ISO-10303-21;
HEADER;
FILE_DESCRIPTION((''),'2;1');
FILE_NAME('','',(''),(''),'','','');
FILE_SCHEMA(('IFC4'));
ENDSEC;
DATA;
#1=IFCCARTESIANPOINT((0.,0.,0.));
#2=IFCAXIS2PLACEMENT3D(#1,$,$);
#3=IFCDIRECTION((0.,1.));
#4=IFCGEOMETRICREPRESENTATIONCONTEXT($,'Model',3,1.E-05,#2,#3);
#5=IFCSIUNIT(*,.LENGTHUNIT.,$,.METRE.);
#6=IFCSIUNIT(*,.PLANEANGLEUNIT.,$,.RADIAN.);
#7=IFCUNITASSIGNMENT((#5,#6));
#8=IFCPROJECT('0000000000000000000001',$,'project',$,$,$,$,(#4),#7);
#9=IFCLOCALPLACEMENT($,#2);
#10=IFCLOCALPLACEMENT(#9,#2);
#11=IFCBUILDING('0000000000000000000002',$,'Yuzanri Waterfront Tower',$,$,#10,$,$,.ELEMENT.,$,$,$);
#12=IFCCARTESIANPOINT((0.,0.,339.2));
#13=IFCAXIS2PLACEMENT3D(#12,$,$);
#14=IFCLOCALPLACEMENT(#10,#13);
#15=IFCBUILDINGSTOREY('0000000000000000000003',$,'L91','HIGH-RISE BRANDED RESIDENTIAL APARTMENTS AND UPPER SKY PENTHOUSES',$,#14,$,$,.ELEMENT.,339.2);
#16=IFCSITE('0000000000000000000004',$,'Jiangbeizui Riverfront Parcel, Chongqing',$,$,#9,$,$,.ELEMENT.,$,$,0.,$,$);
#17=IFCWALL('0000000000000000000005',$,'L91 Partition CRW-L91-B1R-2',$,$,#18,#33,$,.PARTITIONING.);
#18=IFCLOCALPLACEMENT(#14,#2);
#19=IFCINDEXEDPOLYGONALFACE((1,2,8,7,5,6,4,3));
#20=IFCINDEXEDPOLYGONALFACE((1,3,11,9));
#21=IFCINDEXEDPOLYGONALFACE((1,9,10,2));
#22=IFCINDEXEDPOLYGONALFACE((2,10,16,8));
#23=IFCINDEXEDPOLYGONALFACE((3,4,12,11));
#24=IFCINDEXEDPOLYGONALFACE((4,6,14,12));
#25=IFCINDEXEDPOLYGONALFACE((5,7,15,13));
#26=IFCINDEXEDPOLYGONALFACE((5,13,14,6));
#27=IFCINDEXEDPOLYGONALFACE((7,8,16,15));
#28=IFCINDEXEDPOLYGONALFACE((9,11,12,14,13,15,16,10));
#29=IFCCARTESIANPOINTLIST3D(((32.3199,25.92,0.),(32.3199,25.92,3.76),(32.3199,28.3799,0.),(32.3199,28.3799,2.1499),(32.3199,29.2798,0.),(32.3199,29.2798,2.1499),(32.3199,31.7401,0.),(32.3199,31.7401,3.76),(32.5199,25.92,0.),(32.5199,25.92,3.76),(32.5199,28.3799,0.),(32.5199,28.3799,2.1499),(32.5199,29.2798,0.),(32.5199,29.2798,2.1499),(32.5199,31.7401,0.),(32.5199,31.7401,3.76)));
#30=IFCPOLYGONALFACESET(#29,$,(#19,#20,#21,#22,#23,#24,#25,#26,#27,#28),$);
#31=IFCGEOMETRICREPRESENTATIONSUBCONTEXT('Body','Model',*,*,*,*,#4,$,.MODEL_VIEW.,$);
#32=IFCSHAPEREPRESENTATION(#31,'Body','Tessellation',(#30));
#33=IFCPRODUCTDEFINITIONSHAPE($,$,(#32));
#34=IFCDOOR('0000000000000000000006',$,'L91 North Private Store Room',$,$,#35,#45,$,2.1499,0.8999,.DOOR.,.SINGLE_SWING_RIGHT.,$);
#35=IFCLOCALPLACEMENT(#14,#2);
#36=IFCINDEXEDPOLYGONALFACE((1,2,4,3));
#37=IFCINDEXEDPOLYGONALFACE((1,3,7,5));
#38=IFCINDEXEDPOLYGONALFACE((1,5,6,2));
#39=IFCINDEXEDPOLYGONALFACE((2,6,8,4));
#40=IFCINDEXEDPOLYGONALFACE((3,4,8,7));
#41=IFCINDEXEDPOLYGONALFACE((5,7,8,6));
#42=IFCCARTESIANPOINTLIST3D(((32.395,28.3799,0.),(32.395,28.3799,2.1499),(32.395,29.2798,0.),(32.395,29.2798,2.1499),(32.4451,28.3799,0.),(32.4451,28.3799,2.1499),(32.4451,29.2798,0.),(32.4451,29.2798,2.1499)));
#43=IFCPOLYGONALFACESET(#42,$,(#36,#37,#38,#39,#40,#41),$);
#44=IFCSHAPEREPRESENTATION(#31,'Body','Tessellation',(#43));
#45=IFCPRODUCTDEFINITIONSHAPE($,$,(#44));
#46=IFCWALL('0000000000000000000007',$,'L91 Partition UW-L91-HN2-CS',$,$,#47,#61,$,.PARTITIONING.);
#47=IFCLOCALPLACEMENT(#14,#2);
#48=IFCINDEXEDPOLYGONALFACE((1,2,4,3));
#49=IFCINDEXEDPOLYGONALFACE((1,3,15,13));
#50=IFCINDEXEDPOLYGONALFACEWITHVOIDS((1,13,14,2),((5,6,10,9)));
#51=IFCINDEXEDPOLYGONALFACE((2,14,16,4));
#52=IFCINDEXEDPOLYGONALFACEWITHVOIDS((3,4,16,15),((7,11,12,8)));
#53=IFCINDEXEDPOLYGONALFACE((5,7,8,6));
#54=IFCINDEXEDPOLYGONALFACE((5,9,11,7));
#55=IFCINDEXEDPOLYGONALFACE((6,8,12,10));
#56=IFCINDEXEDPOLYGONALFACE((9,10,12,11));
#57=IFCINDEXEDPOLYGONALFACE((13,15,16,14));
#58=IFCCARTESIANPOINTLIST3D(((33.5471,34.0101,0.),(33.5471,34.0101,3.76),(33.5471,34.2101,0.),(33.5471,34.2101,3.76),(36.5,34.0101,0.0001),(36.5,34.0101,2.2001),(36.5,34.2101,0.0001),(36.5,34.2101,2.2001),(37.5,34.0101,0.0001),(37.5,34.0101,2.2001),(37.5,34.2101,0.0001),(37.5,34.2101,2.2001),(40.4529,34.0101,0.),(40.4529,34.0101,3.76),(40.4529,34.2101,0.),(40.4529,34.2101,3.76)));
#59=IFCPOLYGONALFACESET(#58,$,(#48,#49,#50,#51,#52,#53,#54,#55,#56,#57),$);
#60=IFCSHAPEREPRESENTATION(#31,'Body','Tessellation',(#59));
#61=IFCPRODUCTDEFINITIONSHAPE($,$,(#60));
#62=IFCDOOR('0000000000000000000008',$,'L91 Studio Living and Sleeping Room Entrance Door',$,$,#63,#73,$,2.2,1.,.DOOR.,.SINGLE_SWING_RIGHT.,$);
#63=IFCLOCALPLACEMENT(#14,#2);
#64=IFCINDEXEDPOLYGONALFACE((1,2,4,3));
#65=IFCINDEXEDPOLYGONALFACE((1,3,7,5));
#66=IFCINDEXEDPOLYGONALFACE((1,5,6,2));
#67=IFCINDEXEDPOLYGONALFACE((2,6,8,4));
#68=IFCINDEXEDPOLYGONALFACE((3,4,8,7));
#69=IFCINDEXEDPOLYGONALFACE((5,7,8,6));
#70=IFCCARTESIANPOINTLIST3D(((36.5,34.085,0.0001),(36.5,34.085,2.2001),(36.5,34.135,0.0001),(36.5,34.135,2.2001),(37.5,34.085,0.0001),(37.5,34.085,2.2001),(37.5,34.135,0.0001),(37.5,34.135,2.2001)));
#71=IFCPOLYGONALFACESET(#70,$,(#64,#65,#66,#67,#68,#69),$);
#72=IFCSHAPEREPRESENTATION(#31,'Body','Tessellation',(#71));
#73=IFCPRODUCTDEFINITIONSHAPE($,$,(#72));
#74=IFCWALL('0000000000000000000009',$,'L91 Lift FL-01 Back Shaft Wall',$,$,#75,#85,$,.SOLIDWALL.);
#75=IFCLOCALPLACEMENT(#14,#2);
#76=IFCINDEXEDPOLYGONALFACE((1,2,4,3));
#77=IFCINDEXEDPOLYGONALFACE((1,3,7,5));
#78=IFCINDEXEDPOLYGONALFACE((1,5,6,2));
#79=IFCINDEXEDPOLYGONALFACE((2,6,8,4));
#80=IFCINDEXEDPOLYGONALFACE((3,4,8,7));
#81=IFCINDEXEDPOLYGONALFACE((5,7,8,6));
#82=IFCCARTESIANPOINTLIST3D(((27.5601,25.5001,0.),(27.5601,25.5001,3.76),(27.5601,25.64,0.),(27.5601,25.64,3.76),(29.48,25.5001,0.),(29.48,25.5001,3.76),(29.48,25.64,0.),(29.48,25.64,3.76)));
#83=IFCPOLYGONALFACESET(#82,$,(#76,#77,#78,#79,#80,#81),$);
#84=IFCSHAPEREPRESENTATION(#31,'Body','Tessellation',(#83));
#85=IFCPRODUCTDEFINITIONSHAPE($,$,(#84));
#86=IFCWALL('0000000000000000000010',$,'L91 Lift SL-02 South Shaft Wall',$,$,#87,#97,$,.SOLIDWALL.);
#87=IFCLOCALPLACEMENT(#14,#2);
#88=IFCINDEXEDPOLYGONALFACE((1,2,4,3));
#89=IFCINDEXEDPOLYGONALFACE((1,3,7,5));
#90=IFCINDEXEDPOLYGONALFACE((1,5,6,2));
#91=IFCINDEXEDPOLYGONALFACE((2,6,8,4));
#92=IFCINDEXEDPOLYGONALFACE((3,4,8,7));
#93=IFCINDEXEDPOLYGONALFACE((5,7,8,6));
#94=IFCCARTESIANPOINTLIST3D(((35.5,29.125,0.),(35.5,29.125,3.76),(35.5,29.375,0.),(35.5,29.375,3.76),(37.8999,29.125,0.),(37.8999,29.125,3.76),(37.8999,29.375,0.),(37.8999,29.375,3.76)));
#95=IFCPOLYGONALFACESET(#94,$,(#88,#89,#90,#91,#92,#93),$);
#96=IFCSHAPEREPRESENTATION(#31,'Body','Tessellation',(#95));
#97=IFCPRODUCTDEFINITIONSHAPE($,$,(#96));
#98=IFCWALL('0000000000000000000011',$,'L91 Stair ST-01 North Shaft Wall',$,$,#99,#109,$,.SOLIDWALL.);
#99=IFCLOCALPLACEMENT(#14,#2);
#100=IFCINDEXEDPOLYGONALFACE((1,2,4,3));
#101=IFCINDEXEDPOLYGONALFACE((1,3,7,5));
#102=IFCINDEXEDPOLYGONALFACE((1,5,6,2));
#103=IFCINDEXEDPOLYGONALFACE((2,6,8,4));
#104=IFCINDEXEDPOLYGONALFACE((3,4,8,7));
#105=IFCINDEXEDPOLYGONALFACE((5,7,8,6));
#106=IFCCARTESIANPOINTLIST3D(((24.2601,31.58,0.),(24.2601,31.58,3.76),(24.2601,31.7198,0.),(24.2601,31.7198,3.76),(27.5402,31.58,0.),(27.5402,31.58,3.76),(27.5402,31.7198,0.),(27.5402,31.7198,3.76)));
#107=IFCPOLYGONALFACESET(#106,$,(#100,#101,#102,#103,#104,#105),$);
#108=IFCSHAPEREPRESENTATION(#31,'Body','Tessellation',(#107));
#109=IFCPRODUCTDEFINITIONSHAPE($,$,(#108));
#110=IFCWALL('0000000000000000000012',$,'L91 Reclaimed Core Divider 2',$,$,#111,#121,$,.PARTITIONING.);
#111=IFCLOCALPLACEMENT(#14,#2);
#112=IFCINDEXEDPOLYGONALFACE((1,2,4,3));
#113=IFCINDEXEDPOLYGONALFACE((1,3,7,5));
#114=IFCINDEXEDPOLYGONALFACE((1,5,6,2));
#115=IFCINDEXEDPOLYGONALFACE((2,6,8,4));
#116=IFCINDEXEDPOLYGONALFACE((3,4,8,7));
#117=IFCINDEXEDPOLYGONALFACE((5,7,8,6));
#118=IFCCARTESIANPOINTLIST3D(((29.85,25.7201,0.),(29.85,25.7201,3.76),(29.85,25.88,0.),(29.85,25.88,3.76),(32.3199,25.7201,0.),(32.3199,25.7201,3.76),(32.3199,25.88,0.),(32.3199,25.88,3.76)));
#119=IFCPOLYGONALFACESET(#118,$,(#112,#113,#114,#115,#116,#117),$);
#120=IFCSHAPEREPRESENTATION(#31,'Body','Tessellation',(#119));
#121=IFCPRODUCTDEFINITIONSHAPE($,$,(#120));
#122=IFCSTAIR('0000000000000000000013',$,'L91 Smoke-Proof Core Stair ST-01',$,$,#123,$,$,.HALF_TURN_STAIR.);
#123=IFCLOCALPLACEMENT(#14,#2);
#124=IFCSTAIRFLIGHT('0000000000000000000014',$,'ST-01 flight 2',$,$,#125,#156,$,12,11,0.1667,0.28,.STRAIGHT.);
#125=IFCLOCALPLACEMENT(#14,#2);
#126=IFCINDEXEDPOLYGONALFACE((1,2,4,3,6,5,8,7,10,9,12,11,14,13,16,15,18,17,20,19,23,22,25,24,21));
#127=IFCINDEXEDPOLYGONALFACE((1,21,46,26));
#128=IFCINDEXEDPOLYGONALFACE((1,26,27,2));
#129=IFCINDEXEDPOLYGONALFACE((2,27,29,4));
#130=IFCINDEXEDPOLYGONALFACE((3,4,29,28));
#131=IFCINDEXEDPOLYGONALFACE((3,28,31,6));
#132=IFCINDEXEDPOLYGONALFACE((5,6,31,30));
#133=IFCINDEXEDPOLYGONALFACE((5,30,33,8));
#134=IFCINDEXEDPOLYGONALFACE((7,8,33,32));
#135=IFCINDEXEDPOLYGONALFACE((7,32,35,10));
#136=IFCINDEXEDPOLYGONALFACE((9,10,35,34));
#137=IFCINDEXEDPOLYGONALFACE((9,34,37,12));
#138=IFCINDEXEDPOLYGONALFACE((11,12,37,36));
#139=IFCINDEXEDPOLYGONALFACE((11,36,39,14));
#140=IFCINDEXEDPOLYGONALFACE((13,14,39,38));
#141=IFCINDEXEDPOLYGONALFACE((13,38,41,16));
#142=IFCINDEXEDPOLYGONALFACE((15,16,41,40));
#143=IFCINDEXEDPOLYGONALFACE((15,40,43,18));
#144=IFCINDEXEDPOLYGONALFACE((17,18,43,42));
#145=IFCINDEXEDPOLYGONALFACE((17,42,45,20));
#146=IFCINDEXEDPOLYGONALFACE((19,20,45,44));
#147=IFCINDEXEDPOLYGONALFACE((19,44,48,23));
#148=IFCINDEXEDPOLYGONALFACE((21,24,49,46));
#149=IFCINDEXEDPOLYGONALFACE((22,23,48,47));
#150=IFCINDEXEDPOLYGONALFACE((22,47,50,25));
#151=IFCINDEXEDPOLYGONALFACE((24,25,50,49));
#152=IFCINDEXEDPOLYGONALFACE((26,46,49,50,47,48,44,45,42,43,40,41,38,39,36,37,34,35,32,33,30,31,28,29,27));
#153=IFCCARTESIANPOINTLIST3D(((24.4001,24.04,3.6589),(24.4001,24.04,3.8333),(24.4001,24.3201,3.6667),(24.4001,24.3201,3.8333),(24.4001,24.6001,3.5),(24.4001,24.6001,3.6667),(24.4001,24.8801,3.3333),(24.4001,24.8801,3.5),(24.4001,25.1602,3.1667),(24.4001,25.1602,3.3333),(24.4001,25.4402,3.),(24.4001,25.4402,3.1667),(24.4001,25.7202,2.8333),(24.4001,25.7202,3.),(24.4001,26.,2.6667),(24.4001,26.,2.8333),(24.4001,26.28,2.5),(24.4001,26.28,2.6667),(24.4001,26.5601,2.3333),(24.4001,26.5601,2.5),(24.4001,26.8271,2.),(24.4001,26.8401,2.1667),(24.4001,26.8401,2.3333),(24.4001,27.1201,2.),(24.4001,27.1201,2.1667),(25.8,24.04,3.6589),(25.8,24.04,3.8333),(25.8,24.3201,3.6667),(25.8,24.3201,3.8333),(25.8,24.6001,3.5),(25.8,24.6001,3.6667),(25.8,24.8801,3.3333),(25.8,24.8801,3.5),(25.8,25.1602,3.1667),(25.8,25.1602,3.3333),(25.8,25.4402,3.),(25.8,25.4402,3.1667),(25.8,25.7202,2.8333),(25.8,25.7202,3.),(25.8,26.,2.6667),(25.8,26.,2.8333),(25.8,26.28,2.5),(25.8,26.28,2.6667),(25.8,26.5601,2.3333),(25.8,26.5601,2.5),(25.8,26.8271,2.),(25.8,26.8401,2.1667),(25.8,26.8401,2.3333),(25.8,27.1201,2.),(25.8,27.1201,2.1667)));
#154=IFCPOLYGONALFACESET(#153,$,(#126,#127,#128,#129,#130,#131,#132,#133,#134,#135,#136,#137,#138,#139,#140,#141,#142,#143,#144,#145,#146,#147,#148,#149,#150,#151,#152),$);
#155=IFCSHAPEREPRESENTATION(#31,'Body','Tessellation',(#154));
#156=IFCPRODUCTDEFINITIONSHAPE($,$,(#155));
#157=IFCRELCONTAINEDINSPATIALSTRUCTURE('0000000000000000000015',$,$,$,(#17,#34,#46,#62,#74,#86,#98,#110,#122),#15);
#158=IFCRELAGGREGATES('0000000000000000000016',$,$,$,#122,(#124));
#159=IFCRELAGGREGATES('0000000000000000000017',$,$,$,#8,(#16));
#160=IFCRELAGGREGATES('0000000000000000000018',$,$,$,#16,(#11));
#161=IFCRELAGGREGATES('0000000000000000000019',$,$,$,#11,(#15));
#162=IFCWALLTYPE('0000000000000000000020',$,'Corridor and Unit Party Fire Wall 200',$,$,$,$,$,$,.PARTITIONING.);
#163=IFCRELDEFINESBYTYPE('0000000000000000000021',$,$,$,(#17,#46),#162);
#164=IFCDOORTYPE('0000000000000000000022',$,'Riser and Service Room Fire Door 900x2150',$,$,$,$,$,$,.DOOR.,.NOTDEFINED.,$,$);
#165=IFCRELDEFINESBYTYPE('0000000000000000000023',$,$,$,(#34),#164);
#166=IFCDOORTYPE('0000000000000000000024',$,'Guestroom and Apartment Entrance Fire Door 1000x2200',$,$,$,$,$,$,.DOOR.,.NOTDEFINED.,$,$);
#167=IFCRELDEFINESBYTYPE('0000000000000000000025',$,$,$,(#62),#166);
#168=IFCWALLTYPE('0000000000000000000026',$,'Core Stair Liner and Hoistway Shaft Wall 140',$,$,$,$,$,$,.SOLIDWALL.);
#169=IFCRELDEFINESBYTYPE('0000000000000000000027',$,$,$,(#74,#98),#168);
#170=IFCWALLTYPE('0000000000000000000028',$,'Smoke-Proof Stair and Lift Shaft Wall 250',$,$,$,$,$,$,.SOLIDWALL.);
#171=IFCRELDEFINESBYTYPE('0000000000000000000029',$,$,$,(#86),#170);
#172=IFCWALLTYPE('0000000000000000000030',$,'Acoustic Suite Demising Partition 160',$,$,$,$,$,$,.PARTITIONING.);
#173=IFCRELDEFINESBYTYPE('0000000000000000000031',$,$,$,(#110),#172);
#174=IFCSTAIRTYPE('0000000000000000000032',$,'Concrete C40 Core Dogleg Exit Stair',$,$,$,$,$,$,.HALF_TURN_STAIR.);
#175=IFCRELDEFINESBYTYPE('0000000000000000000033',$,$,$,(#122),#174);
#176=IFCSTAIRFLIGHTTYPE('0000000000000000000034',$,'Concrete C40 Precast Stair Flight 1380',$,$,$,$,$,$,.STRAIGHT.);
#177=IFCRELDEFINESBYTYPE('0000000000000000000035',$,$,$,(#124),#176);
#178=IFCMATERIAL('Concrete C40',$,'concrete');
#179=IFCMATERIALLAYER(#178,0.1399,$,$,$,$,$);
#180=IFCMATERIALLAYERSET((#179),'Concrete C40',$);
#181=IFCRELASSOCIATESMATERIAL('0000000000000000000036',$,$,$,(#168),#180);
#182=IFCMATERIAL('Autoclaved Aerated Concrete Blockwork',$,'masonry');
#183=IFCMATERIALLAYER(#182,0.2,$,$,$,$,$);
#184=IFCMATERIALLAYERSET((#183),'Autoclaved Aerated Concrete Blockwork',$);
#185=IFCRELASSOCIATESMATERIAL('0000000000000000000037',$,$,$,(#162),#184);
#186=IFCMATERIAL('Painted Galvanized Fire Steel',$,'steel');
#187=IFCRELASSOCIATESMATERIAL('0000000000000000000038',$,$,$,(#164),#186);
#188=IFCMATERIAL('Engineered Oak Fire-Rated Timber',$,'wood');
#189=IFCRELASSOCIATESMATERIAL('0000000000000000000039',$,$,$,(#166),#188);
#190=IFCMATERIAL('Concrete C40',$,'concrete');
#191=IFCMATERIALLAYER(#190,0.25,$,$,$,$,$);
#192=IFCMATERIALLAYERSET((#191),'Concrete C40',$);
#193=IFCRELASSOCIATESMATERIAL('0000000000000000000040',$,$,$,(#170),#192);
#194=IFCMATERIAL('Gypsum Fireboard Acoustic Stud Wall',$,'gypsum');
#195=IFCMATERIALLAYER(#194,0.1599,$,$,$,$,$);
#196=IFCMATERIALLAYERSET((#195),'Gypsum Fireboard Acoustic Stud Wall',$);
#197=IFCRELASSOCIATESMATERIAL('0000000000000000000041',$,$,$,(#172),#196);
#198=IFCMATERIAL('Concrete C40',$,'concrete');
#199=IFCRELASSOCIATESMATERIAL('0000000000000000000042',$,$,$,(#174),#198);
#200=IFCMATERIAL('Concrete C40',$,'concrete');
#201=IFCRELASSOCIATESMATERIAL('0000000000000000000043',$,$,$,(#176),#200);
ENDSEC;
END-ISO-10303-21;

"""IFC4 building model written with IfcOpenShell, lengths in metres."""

from ifc_helpers import new_model, si_unit, direction, frame, frame_2d, origin, place, context, subcontext, project, spatial, polyline, rectangle, outline, extrude, source, transform, mapped, material, layer, layer_set, type_object, element, fill, aggregate, save


model = new_model("IFC4")

# Units and contexts
model_context = context("Model", 3, precision=1e-05, world=origin(), true_north=direction((0.0, 1.0)))
body_context = subcontext(model_context, "Body", "Model", "MODEL_VIEW")
ifc_project = project(units=[si_unit("LENGTHUNIT", "METRE"), si_unit("PLANEANGLEUNIT", "RADIAN")], contexts=[model_context])

# Site, building, storey
site_placement = place(None, origin())
site = spatial("IfcSite", under=ifc_project, at=site_placement, Name="Jiangbeizui Riverfront Parcel, Chongqing", CompositionType="ELEMENT", RefElevation=0.0)
building_placement = place(site_placement, origin())
building = spatial("IfcBuilding", under=site, at=building_placement, Name="Yuzanri Waterfront Tower", CompositionType="ELEMENT")
storey_placement = place(building_placement, frame((0.0, 0.0, 339.2)))
storey = spatial("IfcBuildingStorey", under=building, at=storey_placement, Name="L91", Description="HIGH-RISE BRANDED RESIDENTIAL APARTMENTS AND UPPER SKY PENTHOUSES", CompositionType="ELEMENT", Elevation=339.2)

# Walls, openings, doors
ifc_material_1 = material(Name="Concrete C40", Category="concrete")
ifc_layer_1 = layer(ifc_material_1, 0.1399)
ifc_layer_set_1 = layer_set([ifc_layer_1], Name="Concrete C40")
wall_type_1 = type_object("IfcWallType", Name="Core Stair Liner and Hoistway Shaft Wall 140", PredefinedType="SOLIDWALL", material=ifc_layer_set_1)
ifc_material_2 = material(Name="Autoclaved Aerated Concrete Blockwork", Category="masonry")
ifc_layer_2 = layer(ifc_material_2, 0.2)
ifc_layer_set_2 = layer_set([ifc_layer_2], Name="Autoclaved Aerated Concrete Blockwork")
wall_type_2 = type_object("IfcWallType", Name="Corridor and Unit Party Fire Wall 200", PredefinedType="PARTITIONING", material=ifc_layer_set_2)
ifc_material_3 = material(Name="Painted Galvanized Fire Steel", Category="steel")
door_type_1 = type_object("IfcDoorType", Name="Riser and Service Room Fire Door 900x2150", OperationType="NOTDEFINED", PredefinedType="DOOR", material=ifc_material_3)
shared_shape_1 = source(origin(), body_context, "Body", "SweptSolid", [
    extrude(rectangle(XDim=0.8999, YDim=2.1499, at=frame_2d((0.45, 1.075))), frame((0.0, 0.0249, 0.0), z_axis=(0.0, -1.0, 0.0), x_axis=(1.0, 0.0, 0.0)), (0.0, 0.0, 1.0), 0.05),
])
wall_1_placement = place(storey_placement, frame((32.4199, 25.9199, 0.0), z_axis=(0.0, 0.0, 1.0), x_axis=(0.0, 1.0, 0.0)))
wall_1 = element("IfcWall", 1, at=wall_1_placement, inside=storey, type_object=wall_type_2, Name="L91 Partition CRW-L91-B1R-2", PredefinedType="PARTITIONING", context=body_context, shape_type="SweptSolid", body=[
    extrude(rectangle(XDim=5.8201, YDim=0.2, at=frame_2d((2.9102, 0.0))), origin(), (0.0, 0.0, 1.0), 3.76),
])
opening_1_placement = place(wall_1_placement, frame((2.46, 0.0, 0.0)))
opening_1 = element("IfcOpeningElement", 2, at=opening_1_placement, cuts=wall_1, PredefinedType="OPENING", context=body_context, shape_type="SweptSolid", body=[
    extrude(rectangle(XDim=0.8999, YDim=2.1499, at=frame_2d((0.45, 1.075))), frame((0.0, 0.1147, 0.0), z_axis=(0.0, -1.0, 0.0), x_axis=(1.0, 0.0, 0.0)), (0.0, 0.0, 1.0), 0.2297),
])
door_1_placement = place(opening_1_placement, origin())
door_1 = element("IfcDoor", 3, at=door_1_placement, inside=storey, type_object=door_type_1, Name="L91 North Private Store Room", OperationType="SINGLE_SWING_RIGHT", OverallHeight=2.1499, OverallWidth=0.8999, PredefinedType="DOOR", context=body_context, shape_type="MappedRepresentation", body=[
    mapped(shared_shape_1, transform((0.0, 0.0, 0.0), scale=1.0)),
])
fill(opening_1, door_1)
wall_2_placement = place(storey_placement, frame((33.5471, 34.1101, 0.0), z_axis=(0.0, 0.0, 1.0), x_axis=(1.0, 0.0, 0.0)))
wall_2 = element("IfcWall", 4, at=wall_2_placement, inside=storey, type_object=wall_type_2, Name="L91 Partition UW-L91-HN2-CS", PredefinedType="PARTITIONING", context=body_context, shape_type="SweptSolid", body=[
    extrude(rectangle(XDim=6.9058, YDim=0.2, at=frame_2d((3.4529, 0.0))), origin(), (0.0, 0.0, 1.0), 3.76),
])
opening_2_placement = place(wall_2_placement, frame((2.9529, 0.0, 0.0)))
opening_2 = element("IfcOpeningElement", 5, at=opening_2_placement, cuts=wall_2, PredefinedType="OPENING", context=body_context, shape_type="SweptSolid", body=[
    extrude(rectangle(XDim=1.0, YDim=2.2, at=frame_2d((0.5, 1.1001))), frame((0.0, 0.1147, 0.0), z_axis=(0.0, -1.0, 0.0), x_axis=(1.0, 0.0, 0.0)), (0.0, 0.0, 1.0), 0.2297),
])
ifc_material_4 = material(Name="Engineered Oak Fire-Rated Timber", Category="wood")
door_type_2 = type_object("IfcDoorType", Name="Guestroom and Apartment Entrance Fire Door 1000x2200", OperationType="NOTDEFINED", PredefinedType="DOOR", material=ifc_material_4)
shared_shape_2 = source(origin(), body_context, "Body", "SweptSolid", [
    extrude(rectangle(XDim=1.0, YDim=2.2, at=frame_2d((0.5, 1.1001))), frame((0.0, 0.0249, 0.0), z_axis=(0.0, -1.0, 0.0), x_axis=(1.0, 0.0, 0.0)), (0.0, 0.0, 1.0), 0.05),
])
door_2_placement = place(opening_2_placement, origin())
door_2 = element("IfcDoor", 6, at=door_2_placement, inside=storey, type_object=door_type_2, Name="L91 Studio Living and Sleeping Room Entrance Door", OperationType="SINGLE_SWING_RIGHT", OverallHeight=2.2, OverallWidth=1.0, PredefinedType="DOOR", context=body_context, shape_type="MappedRepresentation", body=[
    mapped(shared_shape_2, transform((0.0, 0.0, 0.0), scale=1.0)),
])
fill(opening_2, door_2)

# Walls
shared_shape_3 = source(origin(), body_context, "Body", "SweptSolid", [
    extrude(rectangle(XDim=1.9199, YDim=0.1399, at=frame_2d((0.96, 0.0))), origin(), (0.0, 0.0, 1.0), 3.76),
])
wall_3_placement = place(storey_placement, frame((27.5601, 25.5701, 0.0), z_axis=(0.0, 0.0, 1.0), x_axis=(1.0, 0.0, 0.0)))
element("IfcWall", 7, at=wall_3_placement, inside=storey, type_object=wall_type_1, Name="L91 Lift FL-01 Back Shaft Wall", PredefinedType="SOLIDWALL", context=body_context, shape_type="MappedRepresentation", body=[
    mapped(shared_shape_3, transform((0.0, 0.0, 0.0), scale=1.0)),
])
ifc_material_5 = material(Name="Concrete C40", Category="concrete")
ifc_layer_3 = layer(ifc_material_5, 0.25)
ifc_layer_set_3 = layer_set([ifc_layer_3], Name="Concrete C40")
wall_type_3 = type_object("IfcWallType", Name="Smoke-Proof Stair and Lift Shaft Wall 250", PredefinedType="SOLIDWALL", material=ifc_layer_set_3)
shared_shape_4 = source(origin(), body_context, "Body", "SweptSolid", [
    extrude(rectangle(XDim=2.3999, YDim=0.25, at=frame_2d((1.2, 0.0))), origin(), (0.0, 0.0, 1.0), 3.76),
])
wall_4_placement = place(storey_placement, frame((35.5, 29.25, 0.0), z_axis=(0.0, 0.0, 1.0), x_axis=(1.0, 0.0, 0.0)))
element("IfcWall", 8, at=wall_4_placement, inside=storey, type_object=wall_type_3, Name="L91 Lift SL-02 South Shaft Wall", PredefinedType="SOLIDWALL", context=body_context, shape_type="MappedRepresentation", body=[
    mapped(shared_shape_4, transform((0.0, 0.0, 0.0), scale=1.0)),
])
shared_shape_5 = source(origin(), body_context, "Body", "SweptSolid", [
    extrude(rectangle(XDim=3.28, YDim=0.1399, at=frame_2d((1.6401, 0.0))), origin(), (0.0, 0.0, 1.0), 3.76),
])
wall_5_placement = place(storey_placement, frame((24.26, 31.6499, 0.0), z_axis=(0.0, 0.0, 1.0), x_axis=(1.0, 0.0, 0.0)))
element("IfcWall", 9, at=wall_5_placement, inside=storey, type_object=wall_type_1, Name="L91 Stair ST-01 North Shaft Wall", PredefinedType="SOLIDWALL", context=body_context, shape_type="MappedRepresentation", body=[
    mapped(shared_shape_5, transform((0.0, 0.0, 0.0), scale=1.0)),
])
ifc_material_6 = material(Name="Gypsum Fireboard Acoustic Stud Wall", Category="gypsum")
ifc_layer_4 = layer(ifc_material_6, 0.1599)
ifc_layer_set_4 = layer_set([ifc_layer_4], Name="Gypsum Fireboard Acoustic Stud Wall")
wall_type_4 = type_object("IfcWallType", Name="Acoustic Suite Demising Partition 160", PredefinedType="PARTITIONING", material=ifc_layer_set_4)
shared_shape_6 = source(origin(), body_context, "Body", "SweptSolid", [
    extrude(rectangle(XDim=2.47, YDim=0.1599, at=frame_2d((1.2349, 0.0))), origin(), (0.0, 0.0, 1.0), 3.76),
])
wall_6_placement = place(storey_placement, frame((29.8501, 25.8, 0.0), z_axis=(0.0, 0.0, 1.0), x_axis=(1.0, 0.0, 0.0)))
element("IfcWall", 10, at=wall_6_placement, inside=storey, type_object=wall_type_4, Name="L91 Reclaimed Core Divider 2", PredefinedType="PARTITIONING", context=body_context, shape_type="MappedRepresentation", body=[
    mapped(shared_shape_6, transform((0.0, 0.0, 0.0), scale=1.0)),
])

# Stair, stair flight
ifc_material_7 = material(Name="Concrete C40", Category="concrete")
stair_type = type_object("IfcStairType", Name="Concrete C40 Core Dogleg Exit Stair", PredefinedType="HALF_TURN_STAIR", material=ifc_material_7)
stair_placement = place(storey_placement, origin())
stair = element("IfcStair", 11, at=stair_placement, inside=storey, type_object=stair_type, Name="L91 Smoke-Proof Core Stair ST-01", PredefinedType="HALF_TURN_STAIR")
ifc_material_8 = material(Name="Concrete C40", Category="concrete")
stair_flight_type = type_object("IfcStairFlightType", Name="Concrete C40 Precast Stair Flight 1380", PredefinedType="STRAIGHT", material=ifc_material_8)
shared_shape_7 = source(origin(), body_context, "Body", "SweptSolid", [
    extrude(outline(polyline([(0.0, 0.0), (0.0, 0.1667), (0.28, 0.1667), (0.28, 0.3333), (0.5601, 0.3333), (0.5601, 0.5), (0.8401, 0.5), (0.8401, 0.6667), (1.1201, 0.6667), (1.1201, 0.8333), (1.3999, 0.8333), (1.3999, 1.0), (1.6799, 1.0), (1.6799, 1.1667), (1.96, 1.1667), (1.96, 1.3333), (2.24, 1.3333), (2.24, 1.5), (2.52, 1.5), (2.52, 1.6667), (2.8, 1.6667), (2.8, 1.8333), (3.0801, 1.8333), (3.0801, 2.0), (3.0801, 1.6589), (0.293, 0.0), (0.0, 0.0)])), frame((0.0, 0.7, 0.0), z_axis=(0.0, -1.0, 0.0), x_axis=(1.0, 0.0, 0.0)), (0.0, 0.0, 1.0), 1.3999),
])
stair_flight_placement = place(storey_placement, frame((25.1001, 27.1201, 2.0), z_axis=(0.0, 0.0, 1.0), x_axis=(0.0, -1.0, 0.0)))
stair_flight = element("IfcStairFlight", 12, at=stair_flight_placement, type_object=stair_flight_type, Name="ST-01 flight 2", NumberOfRisers=12, NumberOfTreads=11, PredefinedType="STRAIGHT", RiserHeight=0.1667, TreadLength=0.28, context=body_context, shape_type="MappedRepresentation", body=[
    mapped(shared_shape_7, transform((0.0, 0.0, 0.0), scale=1.0)),
])
aggregate(stair, [stair_flight])

save(model, "model.ifc")
